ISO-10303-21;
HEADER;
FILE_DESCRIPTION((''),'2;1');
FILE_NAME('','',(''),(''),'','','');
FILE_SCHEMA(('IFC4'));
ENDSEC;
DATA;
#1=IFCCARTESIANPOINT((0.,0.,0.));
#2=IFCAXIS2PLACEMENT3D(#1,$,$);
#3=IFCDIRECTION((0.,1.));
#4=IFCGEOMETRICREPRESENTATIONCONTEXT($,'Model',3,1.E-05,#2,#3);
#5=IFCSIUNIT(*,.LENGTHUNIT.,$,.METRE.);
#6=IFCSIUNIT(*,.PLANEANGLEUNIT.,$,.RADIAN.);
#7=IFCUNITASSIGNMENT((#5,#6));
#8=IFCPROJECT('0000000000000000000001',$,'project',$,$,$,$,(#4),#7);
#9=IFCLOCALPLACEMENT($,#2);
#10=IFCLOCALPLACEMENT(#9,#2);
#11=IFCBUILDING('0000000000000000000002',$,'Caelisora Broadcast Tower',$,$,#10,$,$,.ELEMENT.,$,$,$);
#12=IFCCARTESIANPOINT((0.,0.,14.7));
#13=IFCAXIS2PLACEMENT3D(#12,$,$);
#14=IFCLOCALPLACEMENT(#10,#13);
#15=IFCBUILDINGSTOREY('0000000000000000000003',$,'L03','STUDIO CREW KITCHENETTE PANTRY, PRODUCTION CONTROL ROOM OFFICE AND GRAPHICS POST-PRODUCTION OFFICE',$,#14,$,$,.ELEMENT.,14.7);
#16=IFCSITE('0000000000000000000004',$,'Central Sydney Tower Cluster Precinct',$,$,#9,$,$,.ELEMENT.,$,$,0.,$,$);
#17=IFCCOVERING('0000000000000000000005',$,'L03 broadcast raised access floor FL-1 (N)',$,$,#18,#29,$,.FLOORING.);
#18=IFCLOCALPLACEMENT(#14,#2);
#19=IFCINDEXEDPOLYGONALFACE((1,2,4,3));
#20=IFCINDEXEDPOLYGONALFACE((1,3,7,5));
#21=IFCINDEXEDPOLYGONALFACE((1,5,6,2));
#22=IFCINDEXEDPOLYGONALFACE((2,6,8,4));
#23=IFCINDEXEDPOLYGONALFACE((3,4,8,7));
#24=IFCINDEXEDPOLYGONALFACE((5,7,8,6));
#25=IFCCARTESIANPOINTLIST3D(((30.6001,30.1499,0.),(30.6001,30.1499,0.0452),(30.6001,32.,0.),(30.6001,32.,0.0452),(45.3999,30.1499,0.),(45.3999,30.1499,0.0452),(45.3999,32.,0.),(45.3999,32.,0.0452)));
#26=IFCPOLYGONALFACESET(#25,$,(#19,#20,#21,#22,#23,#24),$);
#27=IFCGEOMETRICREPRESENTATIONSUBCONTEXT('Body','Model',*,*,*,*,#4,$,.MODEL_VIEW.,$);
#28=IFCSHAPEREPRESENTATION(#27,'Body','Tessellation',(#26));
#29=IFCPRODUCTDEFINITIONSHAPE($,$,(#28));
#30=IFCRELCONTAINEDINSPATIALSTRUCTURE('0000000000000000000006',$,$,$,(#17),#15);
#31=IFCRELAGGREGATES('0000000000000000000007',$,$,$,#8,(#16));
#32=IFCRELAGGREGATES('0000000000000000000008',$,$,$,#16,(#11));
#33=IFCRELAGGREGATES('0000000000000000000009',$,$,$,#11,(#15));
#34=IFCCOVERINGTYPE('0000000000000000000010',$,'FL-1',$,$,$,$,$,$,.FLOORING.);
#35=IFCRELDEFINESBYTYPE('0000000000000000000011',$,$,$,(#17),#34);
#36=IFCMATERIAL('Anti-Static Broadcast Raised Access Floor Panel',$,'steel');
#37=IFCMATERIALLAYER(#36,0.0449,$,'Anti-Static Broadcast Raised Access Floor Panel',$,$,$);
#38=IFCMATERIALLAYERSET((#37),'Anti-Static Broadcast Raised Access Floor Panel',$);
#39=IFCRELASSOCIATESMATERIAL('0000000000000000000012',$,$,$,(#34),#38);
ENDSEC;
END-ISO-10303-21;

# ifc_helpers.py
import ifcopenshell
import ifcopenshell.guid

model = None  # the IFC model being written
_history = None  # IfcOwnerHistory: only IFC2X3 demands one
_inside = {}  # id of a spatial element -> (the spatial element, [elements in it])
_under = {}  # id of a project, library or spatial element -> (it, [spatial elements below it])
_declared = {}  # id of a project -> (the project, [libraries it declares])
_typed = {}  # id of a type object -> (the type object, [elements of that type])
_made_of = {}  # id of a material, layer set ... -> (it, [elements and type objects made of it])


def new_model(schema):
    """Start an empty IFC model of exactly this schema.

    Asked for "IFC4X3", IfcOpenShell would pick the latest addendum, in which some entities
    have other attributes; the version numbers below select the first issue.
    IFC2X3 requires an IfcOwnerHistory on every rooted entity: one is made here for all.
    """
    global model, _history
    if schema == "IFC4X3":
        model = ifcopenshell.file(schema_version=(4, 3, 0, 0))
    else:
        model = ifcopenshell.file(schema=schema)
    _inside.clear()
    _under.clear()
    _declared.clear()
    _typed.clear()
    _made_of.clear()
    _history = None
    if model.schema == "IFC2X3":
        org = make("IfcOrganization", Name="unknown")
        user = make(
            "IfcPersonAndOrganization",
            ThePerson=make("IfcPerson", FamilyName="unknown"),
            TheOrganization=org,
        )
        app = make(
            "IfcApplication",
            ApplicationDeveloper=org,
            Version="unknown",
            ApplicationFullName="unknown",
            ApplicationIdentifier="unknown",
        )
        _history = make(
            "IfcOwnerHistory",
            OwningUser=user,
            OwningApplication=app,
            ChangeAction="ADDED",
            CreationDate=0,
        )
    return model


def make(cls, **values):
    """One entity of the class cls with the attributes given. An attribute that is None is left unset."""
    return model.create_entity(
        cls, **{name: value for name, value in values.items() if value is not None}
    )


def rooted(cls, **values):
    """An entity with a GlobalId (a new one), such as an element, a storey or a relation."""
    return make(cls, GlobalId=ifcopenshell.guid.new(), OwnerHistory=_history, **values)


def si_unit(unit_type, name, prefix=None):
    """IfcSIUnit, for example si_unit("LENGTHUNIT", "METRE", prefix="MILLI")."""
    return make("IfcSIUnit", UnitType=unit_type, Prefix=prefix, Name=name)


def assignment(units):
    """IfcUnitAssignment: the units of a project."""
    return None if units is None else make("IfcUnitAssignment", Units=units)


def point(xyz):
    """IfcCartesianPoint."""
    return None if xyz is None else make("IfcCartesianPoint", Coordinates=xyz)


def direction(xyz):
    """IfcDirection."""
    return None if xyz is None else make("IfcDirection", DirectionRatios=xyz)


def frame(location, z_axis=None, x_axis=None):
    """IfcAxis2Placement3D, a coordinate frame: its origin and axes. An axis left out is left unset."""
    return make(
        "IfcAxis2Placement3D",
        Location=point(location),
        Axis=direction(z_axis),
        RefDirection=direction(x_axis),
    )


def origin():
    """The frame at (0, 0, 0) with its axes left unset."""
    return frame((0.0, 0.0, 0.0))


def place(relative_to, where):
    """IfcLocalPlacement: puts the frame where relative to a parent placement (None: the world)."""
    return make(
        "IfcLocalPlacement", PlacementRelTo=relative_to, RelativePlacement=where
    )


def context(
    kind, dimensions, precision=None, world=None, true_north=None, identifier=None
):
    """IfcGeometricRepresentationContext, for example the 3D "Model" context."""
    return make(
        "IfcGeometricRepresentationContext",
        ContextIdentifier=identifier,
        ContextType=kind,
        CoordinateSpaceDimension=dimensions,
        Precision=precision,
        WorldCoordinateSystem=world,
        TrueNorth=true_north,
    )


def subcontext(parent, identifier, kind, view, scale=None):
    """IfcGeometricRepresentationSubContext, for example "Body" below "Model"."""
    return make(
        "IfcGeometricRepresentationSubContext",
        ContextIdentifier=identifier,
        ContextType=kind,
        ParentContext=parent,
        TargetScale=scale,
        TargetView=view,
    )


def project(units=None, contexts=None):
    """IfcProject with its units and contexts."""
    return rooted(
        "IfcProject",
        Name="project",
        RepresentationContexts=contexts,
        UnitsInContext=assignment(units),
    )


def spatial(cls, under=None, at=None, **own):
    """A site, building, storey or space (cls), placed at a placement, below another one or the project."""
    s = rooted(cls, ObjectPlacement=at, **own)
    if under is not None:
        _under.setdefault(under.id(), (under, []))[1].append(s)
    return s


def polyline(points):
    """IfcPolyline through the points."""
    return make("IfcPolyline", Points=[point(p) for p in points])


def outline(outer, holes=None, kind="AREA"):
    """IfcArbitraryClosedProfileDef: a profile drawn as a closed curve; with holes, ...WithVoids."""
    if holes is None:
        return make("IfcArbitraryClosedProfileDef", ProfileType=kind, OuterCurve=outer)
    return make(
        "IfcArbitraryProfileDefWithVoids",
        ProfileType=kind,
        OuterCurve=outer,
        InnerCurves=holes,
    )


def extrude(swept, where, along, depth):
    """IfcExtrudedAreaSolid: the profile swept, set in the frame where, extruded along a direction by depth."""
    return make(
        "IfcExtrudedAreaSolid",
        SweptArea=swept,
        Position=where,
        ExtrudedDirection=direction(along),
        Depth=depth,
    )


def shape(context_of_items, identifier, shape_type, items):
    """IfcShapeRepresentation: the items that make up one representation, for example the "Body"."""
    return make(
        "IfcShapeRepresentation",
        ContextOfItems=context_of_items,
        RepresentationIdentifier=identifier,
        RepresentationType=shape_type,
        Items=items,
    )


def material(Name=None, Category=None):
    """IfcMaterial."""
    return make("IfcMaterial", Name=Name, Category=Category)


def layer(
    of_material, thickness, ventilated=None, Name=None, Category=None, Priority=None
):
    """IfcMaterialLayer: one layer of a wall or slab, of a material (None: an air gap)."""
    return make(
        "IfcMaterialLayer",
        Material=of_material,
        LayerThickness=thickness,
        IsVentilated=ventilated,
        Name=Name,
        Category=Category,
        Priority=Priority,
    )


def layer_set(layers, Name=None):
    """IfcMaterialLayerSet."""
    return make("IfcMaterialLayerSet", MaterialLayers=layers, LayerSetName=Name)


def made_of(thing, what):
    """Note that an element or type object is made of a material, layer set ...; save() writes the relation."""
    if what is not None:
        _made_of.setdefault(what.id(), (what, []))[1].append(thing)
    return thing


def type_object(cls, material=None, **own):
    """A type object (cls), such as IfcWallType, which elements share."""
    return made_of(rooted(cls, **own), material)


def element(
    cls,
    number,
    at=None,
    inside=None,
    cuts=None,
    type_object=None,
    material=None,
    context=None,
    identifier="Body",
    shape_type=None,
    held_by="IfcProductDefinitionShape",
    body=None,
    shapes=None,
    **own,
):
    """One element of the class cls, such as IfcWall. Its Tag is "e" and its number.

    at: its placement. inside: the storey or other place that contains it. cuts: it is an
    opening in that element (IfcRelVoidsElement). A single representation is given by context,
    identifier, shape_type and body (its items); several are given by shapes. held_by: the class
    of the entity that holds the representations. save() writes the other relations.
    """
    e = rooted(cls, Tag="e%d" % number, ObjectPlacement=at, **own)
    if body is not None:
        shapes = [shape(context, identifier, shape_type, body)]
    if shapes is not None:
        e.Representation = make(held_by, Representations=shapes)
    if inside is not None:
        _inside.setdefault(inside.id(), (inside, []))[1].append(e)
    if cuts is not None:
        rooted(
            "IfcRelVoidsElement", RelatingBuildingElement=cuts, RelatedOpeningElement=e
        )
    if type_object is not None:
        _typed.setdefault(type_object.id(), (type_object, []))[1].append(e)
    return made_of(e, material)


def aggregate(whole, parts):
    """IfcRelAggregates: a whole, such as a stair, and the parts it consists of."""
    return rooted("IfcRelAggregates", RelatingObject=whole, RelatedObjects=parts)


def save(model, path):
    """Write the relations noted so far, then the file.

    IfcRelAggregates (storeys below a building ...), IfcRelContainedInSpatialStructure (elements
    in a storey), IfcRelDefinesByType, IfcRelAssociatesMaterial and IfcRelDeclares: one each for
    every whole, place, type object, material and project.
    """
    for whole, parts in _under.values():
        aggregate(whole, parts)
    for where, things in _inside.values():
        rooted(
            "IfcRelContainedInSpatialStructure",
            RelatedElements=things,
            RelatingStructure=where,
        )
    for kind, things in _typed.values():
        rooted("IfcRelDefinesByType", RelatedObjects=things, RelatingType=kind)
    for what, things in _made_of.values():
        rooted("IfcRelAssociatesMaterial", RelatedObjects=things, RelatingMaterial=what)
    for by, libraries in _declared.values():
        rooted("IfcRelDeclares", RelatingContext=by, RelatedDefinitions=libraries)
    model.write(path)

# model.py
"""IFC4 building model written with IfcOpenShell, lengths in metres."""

from ifc_helpers import new_model, si_unit, direction, frame, origin, place, context, subcontext, project, spatial, polyline, outline, extrude, material, layer, layer_set, type_object, element, save


model = new_model("IFC4")

# Units and contexts
model_context = context("Model", 3, precision=1e-05, world=origin(), true_north=direction((0.0, 1.0)))
body_context = subcontext(model_context, "Body", "Model", "MODEL_VIEW")
ifc_project = project(units=[si_unit("LENGTHUNIT", "METRE"), si_unit("PLANEANGLEUNIT", "RADIAN")], contexts=[model_context])

# Site, building, storey
site_placement = place(None, origin())
site = spatial("IfcSite", under=ifc_project, at=site_placement, Name="Central Sydney Tower Cluster Precinct", CompositionType="ELEMENT", RefElevation=0.0)
building_placement = place(site_placement, origin())
building = spatial("IfcBuilding", under=site, at=building_placement, Name="Caelisora Broadcast Tower", CompositionType="ELEMENT")
storey_placement = place(building_placement, frame((0.0, 0.0, 14.7)))
storey = spatial("IfcBuildingStorey", under=building, at=storey_placement, Name="L03", Description="STUDIO CREW KITCHENETTE PANTRY, PRODUCTION CONTROL ROOM OFFICE AND GRAPHICS POST-PRODUCTION OFFICE", CompositionType="ELEMENT", Elevation=14.7)

# Covering
ifc_material_1 = material(Name="Anti-Static Broadcast Raised Access Floor Panel", Category="steel")
ifc_layer_1 = layer(ifc_material_1, 0.0449, Name="Anti-Static Broadcast Raised Access Floor Panel")
ifc_layer_set_1 = layer_set([ifc_layer_1], Name="Anti-Static Broadcast Raised Access Floor Panel")
covering_type_1 = type_object("IfcCoveringType", Name="FL-1", PredefinedType="FLOORING", material=ifc_layer_set_1)
covering_1_placement = place(storey_placement, origin())
element("IfcCovering", 1, at=covering_1_placement, inside=storey, type_object=covering_type_1, Name="L03 broadcast raised access floor FL-1 (N)", PredefinedType="FLOORING", context=body_context, shape_type="SweptSolid", body=[
    extrude(outline(polyline([(30.6001, 30.1499), (45.3999, 30.1499), (45.3999, 32.0), (30.6001, 32.0), (30.6001, 30.1499)])), origin(), (0.0, 0.0, 1.0), 0.0452),
])

save(model, "model.ifc")
